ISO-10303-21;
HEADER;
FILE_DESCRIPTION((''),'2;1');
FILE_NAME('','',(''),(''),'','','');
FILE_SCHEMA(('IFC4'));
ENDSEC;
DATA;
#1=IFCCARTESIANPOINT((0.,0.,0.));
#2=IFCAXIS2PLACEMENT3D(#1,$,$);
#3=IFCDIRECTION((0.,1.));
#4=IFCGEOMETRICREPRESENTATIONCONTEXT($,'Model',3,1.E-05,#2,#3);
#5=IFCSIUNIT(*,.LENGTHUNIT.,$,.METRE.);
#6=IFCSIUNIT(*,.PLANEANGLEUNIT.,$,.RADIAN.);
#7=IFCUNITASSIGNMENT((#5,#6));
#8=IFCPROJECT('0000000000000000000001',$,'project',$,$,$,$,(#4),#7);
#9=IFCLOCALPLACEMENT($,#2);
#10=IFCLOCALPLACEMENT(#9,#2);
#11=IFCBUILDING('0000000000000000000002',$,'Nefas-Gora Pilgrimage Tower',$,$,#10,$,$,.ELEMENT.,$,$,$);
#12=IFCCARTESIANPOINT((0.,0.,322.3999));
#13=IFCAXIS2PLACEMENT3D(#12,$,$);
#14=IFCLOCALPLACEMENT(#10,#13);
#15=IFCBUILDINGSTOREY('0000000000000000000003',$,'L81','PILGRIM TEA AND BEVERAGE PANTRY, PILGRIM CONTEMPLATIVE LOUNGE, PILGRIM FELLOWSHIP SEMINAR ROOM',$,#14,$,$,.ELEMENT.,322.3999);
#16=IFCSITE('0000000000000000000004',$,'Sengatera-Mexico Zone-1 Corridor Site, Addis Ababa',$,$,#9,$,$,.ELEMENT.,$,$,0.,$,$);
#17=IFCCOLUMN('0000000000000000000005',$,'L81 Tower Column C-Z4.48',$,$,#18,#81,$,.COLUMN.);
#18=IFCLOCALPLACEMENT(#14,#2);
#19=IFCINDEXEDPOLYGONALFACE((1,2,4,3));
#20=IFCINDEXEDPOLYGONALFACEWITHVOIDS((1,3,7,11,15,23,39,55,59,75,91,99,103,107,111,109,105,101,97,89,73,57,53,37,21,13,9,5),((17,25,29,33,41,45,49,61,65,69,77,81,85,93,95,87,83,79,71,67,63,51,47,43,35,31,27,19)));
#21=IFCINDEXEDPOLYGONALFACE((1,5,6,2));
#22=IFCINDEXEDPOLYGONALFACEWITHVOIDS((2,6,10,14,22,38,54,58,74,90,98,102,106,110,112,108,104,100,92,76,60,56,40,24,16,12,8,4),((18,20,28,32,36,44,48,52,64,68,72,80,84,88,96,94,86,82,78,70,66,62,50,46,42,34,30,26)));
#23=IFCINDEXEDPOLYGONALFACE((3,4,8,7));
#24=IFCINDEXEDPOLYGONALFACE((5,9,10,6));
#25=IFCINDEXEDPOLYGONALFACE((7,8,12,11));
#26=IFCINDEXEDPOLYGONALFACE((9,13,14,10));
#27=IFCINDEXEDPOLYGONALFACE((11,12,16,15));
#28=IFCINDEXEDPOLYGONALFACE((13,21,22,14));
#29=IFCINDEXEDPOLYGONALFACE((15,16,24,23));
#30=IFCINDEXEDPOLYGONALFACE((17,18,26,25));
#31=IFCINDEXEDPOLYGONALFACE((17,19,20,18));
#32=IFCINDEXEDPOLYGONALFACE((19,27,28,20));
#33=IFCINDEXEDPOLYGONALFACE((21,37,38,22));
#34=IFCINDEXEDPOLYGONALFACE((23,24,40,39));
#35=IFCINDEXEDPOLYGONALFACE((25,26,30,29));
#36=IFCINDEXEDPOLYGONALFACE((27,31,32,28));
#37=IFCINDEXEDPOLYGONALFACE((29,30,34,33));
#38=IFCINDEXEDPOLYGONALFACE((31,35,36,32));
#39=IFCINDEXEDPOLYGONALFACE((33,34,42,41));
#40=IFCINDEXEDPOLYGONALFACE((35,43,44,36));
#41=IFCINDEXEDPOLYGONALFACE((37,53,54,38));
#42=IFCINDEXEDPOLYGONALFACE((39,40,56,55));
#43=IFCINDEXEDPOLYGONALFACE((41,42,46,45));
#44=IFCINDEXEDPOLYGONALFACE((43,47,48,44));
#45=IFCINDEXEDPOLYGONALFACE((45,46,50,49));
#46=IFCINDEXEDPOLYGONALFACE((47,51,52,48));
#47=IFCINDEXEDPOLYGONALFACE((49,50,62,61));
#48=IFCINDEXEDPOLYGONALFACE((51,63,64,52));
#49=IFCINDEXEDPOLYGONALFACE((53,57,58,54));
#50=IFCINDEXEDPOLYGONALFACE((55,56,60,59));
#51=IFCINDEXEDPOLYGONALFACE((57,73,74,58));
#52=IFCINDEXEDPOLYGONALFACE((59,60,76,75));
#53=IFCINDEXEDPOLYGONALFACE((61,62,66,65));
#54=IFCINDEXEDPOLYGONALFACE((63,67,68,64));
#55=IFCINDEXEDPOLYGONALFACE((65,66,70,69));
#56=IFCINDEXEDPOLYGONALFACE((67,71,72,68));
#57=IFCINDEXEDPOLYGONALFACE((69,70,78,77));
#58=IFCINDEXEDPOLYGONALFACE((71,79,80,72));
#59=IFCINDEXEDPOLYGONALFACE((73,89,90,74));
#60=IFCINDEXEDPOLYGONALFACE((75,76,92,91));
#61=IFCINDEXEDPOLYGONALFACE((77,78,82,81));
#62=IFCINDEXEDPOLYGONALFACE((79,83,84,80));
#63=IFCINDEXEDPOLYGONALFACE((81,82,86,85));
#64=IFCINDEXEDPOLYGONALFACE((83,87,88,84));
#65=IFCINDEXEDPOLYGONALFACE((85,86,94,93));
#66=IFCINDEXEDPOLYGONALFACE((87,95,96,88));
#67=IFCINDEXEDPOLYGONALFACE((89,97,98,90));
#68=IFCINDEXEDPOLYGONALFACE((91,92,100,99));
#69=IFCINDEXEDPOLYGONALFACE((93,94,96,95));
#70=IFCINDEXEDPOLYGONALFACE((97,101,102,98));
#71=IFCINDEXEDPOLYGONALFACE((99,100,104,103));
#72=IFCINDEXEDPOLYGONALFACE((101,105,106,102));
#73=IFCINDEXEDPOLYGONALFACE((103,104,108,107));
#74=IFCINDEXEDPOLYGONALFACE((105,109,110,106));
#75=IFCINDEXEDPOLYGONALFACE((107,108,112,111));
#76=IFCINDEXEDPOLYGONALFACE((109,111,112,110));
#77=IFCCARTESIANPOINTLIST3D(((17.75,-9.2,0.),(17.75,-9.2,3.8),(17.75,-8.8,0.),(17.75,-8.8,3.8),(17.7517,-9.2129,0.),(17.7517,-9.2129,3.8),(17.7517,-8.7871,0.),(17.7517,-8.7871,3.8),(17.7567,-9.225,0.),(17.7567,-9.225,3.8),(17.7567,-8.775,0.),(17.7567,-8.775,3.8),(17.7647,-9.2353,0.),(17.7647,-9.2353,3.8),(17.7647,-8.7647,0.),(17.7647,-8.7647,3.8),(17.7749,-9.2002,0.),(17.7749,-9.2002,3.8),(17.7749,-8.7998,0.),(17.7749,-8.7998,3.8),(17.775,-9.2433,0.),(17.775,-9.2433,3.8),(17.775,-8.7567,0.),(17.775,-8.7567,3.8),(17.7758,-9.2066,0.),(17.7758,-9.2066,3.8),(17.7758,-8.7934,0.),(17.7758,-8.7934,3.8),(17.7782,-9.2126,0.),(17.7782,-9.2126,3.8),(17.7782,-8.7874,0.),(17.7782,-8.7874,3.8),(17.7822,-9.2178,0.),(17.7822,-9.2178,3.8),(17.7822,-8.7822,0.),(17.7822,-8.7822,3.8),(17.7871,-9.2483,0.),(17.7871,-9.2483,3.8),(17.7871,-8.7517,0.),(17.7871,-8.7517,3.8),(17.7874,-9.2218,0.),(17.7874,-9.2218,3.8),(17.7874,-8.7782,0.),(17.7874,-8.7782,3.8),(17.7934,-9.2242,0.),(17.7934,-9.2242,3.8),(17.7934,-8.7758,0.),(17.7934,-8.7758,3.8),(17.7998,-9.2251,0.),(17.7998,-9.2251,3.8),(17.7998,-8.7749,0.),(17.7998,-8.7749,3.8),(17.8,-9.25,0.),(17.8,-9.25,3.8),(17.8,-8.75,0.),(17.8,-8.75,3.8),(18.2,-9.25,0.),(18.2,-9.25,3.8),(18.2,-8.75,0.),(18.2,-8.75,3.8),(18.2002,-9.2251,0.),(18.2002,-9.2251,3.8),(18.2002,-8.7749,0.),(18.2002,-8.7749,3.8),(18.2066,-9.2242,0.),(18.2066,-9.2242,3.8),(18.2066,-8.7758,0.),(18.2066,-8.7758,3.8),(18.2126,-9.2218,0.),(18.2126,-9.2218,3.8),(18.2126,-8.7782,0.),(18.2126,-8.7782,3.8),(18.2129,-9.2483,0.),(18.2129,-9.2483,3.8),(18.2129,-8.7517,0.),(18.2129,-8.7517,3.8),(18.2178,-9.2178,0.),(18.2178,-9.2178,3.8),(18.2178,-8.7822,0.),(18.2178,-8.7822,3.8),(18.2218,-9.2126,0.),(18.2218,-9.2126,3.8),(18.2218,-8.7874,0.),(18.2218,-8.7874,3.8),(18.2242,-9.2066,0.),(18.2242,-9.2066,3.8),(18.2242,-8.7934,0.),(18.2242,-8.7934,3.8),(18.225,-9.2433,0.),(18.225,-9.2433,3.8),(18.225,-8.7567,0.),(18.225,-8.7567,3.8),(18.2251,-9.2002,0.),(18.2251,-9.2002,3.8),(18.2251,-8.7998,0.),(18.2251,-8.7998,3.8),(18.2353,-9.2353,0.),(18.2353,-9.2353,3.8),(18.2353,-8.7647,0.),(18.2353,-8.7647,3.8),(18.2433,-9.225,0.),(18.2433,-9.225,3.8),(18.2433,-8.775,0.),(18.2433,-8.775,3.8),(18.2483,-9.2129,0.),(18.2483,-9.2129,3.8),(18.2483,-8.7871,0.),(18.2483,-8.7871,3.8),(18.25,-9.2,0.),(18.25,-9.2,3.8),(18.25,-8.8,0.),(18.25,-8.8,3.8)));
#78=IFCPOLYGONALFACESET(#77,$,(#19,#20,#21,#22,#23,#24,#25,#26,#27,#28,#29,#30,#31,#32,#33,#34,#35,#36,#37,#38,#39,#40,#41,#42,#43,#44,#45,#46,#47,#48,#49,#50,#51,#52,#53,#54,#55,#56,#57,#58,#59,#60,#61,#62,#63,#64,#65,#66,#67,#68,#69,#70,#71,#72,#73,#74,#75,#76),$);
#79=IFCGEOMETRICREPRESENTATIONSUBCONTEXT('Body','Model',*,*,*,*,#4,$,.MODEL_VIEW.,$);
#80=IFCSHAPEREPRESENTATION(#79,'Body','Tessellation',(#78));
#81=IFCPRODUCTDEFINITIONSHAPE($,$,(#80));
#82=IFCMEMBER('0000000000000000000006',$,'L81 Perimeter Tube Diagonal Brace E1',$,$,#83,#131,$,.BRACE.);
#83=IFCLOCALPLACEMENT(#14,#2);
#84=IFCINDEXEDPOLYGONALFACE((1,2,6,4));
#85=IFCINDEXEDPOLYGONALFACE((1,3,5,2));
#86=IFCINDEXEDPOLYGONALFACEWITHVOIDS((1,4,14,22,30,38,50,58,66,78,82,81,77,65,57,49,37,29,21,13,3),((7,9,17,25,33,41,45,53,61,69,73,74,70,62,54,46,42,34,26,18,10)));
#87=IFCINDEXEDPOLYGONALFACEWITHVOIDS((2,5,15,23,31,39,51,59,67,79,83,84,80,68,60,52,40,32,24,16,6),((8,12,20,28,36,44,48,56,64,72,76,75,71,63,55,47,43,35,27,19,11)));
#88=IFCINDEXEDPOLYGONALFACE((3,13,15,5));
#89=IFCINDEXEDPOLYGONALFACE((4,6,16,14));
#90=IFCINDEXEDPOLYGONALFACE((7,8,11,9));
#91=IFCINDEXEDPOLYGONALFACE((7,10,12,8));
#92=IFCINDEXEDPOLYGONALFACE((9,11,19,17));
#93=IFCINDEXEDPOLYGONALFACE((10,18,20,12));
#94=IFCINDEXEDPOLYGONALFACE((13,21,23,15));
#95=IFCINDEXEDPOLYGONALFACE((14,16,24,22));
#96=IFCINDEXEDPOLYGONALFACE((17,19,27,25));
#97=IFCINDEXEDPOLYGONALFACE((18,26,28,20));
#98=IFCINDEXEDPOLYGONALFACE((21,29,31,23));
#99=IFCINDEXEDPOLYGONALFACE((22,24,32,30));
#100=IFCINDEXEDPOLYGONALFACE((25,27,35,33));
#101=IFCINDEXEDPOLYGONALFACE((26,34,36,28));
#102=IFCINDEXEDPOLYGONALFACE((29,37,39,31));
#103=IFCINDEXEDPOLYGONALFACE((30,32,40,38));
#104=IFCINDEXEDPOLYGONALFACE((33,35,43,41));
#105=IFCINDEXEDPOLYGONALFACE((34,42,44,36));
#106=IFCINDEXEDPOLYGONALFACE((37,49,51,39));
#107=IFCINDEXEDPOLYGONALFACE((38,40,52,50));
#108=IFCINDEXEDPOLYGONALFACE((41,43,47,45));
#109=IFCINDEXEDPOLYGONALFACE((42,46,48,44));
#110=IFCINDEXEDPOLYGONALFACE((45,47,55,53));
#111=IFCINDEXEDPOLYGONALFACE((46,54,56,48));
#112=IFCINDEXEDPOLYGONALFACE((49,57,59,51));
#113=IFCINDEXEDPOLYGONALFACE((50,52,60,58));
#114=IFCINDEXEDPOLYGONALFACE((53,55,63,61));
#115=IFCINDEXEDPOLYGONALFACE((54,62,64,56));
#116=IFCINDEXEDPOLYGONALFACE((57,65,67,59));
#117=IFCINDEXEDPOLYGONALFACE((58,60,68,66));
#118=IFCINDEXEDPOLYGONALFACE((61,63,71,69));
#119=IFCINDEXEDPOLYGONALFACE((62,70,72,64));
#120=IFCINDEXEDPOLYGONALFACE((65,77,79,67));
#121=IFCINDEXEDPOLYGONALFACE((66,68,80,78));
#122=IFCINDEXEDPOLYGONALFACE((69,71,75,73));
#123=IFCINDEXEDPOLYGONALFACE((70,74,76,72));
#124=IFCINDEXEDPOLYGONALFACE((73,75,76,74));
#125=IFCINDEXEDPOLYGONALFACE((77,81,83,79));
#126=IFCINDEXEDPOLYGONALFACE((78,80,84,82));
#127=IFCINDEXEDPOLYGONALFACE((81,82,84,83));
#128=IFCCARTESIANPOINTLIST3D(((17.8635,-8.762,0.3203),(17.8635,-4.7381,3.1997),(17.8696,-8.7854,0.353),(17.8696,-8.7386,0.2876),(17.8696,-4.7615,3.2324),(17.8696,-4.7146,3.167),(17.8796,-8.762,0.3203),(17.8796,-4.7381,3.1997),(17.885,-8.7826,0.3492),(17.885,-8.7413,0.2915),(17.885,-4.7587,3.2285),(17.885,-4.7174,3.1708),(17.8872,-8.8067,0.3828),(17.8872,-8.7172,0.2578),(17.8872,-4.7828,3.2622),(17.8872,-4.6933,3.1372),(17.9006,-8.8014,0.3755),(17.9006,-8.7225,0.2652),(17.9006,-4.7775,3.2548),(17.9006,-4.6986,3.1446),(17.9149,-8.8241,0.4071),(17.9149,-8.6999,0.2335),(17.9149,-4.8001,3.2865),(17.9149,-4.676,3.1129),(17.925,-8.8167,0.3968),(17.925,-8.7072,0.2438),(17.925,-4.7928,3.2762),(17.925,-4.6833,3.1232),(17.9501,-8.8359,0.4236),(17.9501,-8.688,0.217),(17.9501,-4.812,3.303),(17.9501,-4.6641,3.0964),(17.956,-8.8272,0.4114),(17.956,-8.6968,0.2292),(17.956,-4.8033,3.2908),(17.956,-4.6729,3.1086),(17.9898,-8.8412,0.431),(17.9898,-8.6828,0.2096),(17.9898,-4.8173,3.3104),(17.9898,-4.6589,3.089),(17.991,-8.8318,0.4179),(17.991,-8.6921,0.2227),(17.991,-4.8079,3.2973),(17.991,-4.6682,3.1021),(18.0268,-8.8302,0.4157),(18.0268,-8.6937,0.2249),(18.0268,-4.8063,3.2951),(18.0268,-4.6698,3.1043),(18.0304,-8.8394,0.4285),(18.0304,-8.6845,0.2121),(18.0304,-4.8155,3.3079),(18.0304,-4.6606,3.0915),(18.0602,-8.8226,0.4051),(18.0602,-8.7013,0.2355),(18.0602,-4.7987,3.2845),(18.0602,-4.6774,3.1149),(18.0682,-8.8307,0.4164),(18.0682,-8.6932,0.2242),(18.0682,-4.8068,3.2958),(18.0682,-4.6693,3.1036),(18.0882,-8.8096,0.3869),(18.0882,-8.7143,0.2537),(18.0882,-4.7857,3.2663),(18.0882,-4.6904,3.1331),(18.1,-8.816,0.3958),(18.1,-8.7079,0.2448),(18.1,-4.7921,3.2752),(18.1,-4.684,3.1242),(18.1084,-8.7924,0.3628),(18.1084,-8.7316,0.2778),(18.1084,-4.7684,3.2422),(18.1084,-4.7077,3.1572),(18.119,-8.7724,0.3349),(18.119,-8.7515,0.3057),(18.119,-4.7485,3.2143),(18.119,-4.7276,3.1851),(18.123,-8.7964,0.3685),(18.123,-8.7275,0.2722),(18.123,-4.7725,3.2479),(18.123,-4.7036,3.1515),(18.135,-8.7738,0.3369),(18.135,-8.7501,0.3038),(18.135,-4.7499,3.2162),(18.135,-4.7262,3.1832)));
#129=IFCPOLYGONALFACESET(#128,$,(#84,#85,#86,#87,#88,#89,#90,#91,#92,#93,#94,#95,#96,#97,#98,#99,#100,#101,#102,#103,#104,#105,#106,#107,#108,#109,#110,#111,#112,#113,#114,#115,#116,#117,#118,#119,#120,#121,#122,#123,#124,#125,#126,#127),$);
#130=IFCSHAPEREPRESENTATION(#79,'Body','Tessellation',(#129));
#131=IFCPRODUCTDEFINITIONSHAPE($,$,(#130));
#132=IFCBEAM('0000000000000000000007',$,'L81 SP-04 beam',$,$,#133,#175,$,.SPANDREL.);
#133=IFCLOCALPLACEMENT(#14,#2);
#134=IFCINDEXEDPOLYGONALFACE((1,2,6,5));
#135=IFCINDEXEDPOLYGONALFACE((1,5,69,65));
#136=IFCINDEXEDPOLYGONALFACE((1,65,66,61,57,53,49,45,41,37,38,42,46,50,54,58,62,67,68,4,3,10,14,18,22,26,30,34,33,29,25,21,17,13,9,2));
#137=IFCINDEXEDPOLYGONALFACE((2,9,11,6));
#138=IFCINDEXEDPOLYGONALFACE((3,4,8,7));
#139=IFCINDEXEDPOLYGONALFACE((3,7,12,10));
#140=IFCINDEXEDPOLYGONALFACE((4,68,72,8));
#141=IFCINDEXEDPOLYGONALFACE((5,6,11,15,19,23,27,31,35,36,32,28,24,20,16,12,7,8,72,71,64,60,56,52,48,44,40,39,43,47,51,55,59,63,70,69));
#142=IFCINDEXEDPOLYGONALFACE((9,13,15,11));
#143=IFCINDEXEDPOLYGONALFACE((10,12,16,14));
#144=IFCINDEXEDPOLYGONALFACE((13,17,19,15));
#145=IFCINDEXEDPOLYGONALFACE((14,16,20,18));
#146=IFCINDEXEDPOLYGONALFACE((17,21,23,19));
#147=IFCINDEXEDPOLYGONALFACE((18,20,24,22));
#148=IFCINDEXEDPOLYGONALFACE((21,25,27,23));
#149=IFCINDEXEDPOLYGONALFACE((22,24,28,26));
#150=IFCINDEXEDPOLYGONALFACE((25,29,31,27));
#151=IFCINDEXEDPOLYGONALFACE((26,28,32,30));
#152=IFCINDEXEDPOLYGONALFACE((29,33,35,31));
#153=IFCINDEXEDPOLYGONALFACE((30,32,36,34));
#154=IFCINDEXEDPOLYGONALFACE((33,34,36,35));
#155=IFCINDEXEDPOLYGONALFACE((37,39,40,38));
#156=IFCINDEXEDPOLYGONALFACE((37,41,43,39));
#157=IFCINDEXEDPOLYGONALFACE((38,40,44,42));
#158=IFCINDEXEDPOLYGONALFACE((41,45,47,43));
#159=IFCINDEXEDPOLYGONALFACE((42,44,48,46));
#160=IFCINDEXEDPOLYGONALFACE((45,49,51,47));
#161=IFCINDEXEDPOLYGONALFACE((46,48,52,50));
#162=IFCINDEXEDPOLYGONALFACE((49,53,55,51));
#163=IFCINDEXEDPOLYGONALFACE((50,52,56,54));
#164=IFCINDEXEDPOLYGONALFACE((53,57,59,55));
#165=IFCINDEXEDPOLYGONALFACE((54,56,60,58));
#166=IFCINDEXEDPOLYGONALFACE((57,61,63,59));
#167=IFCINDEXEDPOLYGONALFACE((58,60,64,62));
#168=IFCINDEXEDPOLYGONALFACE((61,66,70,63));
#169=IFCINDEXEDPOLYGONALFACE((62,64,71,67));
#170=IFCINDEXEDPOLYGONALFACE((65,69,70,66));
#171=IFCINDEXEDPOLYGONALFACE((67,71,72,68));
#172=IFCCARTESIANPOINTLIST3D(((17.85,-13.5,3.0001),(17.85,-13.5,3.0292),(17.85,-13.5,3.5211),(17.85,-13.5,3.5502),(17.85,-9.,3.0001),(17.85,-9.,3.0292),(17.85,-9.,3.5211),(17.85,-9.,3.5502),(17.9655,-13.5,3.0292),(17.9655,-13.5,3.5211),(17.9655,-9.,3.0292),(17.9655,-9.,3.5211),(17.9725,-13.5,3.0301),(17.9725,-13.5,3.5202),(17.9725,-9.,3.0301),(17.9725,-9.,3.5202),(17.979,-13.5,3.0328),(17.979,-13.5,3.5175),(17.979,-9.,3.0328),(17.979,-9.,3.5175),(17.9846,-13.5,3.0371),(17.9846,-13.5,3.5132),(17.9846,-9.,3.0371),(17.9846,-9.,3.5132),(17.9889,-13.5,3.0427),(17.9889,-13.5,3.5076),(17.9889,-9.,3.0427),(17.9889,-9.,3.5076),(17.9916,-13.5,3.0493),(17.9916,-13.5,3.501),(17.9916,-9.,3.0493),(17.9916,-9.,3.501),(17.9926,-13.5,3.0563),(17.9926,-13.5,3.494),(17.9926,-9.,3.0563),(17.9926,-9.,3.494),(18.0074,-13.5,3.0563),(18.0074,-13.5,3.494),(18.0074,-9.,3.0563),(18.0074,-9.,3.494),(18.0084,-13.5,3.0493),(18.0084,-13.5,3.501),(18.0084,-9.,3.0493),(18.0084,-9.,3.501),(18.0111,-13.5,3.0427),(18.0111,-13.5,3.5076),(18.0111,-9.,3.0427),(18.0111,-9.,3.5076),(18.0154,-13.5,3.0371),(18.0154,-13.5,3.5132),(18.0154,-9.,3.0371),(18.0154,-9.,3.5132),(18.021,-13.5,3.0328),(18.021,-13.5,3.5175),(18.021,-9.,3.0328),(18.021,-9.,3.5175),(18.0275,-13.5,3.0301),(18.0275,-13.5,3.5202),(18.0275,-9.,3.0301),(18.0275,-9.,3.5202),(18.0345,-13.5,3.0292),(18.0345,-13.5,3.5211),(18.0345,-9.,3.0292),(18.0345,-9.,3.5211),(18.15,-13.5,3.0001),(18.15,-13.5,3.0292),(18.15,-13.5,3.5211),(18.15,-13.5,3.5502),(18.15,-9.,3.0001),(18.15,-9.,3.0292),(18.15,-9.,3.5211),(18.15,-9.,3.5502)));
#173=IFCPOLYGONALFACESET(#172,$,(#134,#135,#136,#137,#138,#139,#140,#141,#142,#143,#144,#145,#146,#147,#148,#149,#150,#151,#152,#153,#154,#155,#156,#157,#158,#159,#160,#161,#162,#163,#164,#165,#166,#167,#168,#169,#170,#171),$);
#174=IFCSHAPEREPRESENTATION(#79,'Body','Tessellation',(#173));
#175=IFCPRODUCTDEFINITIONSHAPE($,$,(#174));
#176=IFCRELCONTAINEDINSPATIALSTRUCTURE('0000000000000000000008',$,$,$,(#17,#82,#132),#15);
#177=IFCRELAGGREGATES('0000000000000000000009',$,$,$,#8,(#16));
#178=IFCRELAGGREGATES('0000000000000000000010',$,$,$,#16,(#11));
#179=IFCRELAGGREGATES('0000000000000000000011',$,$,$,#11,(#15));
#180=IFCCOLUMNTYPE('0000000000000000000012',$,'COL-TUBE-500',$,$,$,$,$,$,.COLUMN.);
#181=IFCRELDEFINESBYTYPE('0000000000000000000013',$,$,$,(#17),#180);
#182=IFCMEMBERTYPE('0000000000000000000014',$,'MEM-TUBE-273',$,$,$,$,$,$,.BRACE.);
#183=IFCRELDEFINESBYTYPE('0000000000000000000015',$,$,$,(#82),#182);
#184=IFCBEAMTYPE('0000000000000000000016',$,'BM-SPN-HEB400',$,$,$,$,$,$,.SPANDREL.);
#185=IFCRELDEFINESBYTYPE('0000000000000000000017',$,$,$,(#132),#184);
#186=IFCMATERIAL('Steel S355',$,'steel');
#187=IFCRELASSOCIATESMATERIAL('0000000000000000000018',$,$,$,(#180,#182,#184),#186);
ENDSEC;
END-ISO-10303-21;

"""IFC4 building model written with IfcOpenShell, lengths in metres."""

from ifc_helpers import new_model, si_unit, direction, frame, origin, origin_2d, place, context, subcontext, project, spatial, hollow_rectangle, hollow_circle, i_section, extrude, source, transform, mapped, material, material_profile, profile_set, type_object, element, save


model = new_model("IFC4")

# Units and contexts
model_context = context("Model", 3, precision=1e-05, world=origin(), true_north=direction((0.0, 1.0)))
body_context = subcontext(model_context, "Body", "Model", "MODEL_VIEW")
ifc_project = project(units=[si_unit("LENGTHUNIT", "METRE"), si_unit("PLANEANGLEUNIT", "RADIAN")], contexts=[model_context])

# Site, building, storey
site_placement = place(None, origin())
site = spatial("IfcSite", under=ifc_project, at=site_placement, Name="Sengatera-Mexico Zone-1 Corridor Site, Addis Ababa", CompositionType="ELEMENT", RefElevation=0.0)
building_placement = place(site_placement, origin())
building = spatial("IfcBuilding", under=site, at=building_placement, Name="Nefas-Gora Pilgrimage Tower", CompositionType="ELEMENT")
storey_placement = place(building_placement, frame((0.0, 0.0, 322.3999)))
storey = spatial("IfcBuildingStorey", under=building, at=storey_placement, Name="L81", Description="PILGRIM TEA AND BEVERAGE PANTRY, PILGRIM CONTEMPLATIVE LOUNGE, PILGRIM FELLOWSHIP SEMINAR ROOM", CompositionType="ELEMENT", Elevation=322.3999)

# Column
ifc_material_1 = material(Name="Steel S355", Category="steel")
ifc_material_profile_1 = material_profile(ifc_material_1, hollow_rectangle(XDim=0.5, YDim=0.5, WallThickness=0.0249, InnerFilletRadius=0.0249, OuterFilletRadius=0.05, at=origin_2d()), Name="SHS 500x500x25")
ifc_profile_set_1 = profile_set([ifc_material_profile_1], Name="Steel S355")
column_type_1 = type_object("IfcColumnType", Name="COL-TUBE-500", PredefinedType="COLUMN", material=ifc_profile_set_1)
shared_shape_1 = source(origin(), body_context, "Body", "SweptSolid", [
    extrude(hollow_rectangle(XDim=0.5, YDim=0.5, WallThickness=0.0249, InnerFilletRadius=0.0249, OuterFilletRadius=0.05, at=origin_2d()), origin(), (0.0, 0.0, 1.0), 3.8),
])
for number, where, z_axis, x_axis, name in (
    (1, (18.0, -9.0, 0.0), (0.0, 0.0, 1.0), (1.0, 0.0, 0.0), "L81 Tower Column C-Z4.48"),
):
    element("IfcColumn", number, at=place(storey_placement, frame(where, z_axis=z_axis, x_axis=x_axis)), inside=storey, type_object=column_type_1, Name=name, PredefinedType="COLUMN", context=body_context, shape_type="MappedRepresentation", body=[
        mapped(shared_shape_1, transform((0.0, 0.0, 0.0), x_axis=(1.0, 0.0, 0.0), y_axis=(0.0, 1.0, 0.0), z_axis=(0.0, 0.0, 1.0), scale=1.0)),
    ])

# Member
ifc_material_profile_2 = material_profile(ifc_material_1, hollow_circle(Radius=0.1365, WallThickness=0.0161, at=origin_2d()), Name="CHS 273x16")
ifc_profile_set_2 = profile_set([ifc_material_profile_2], Name="Steel S355")
member_type_1 = type_object("IfcMemberType", Name="MEM-TUBE-273", PredefinedType="BRACE", material=ifc_profile_set_2)
shared_shape_2 = source(origin(), body_context, "Body", "SweptSolid", [
    extrude(hollow_circle(Radius=0.1365, WallThickness=0.0161, at=origin_2d()), origin(), (0.0, 0.0, 1.0), 4.948),
])
member_1_placement = place(storey_placement, frame((18.0, -8.762, 0.3203), z_axis=(0.0, 0.81324, 0.581929), x_axis=(-1.0, 0.0, 0.0)))
element("IfcMember", 2, at=member_1_placement, inside=storey, type_object=member_type_1, Name="L81 Perimeter Tube Diagonal Brace E1", PredefinedType="BRACE", context=body_context, shape_type="MappedRepresentation", body=[
    mapped(shared_shape_2, transform((0.0, 0.0, 0.0), x_axis=(1.0, 0.0, 0.0), y_axis=(0.0, 1.0, 0.0), z_axis=(0.0, 0.0, 1.0), scale=1.0)),
])

# Beam
ifc_material_profile_3 = material_profile(ifc_material_1, i_section(OverallWidth=0.3, OverallDepth=0.55, WebThickness=0.0149, FlangeThickness=0.0291, FilletRadius=0.0271, at=origin_2d()), Name="HEB 550")
ifc_profile_set_3 = profile_set([ifc_material_profile_3], Name="Steel S355")
beam_type_1 = type_object("IfcBeamType", Name="BM-SPN-HEB400", PredefinedType="SPANDREL", material=ifc_profile_set_3)
shared_shape_3 = source(origin(), body_context, "Body", "SweptSolid", [
    extrude(i_section(OverallWidth=0.3, OverallDepth=0.55, WebThickness=0.0149, FlangeThickness=0.0291, FilletRadius=0.0271, at=origin_2d()), origin(), (0.0, 0.0, 1.0), 4.5),
])
for number, where, z_axis, x_axis, name in (
    (3, (18.0, -13.5, 3.2751), (0.0, 1.0, 0.0), (-1.0, 0.0, 0.0), "L81 SP-04 beam"),
):
    element("IfcBeam", number, at=place(storey_placement, frame(where, z_axis=z_axis, x_axis=x_axis)), inside=storey, type_object=beam_type_1, Name=name, PredefinedType="SPANDREL", context=body_context, shape_type="MappedRepresentation", body=[
        mapped(shared_shape_3, transform((0.0, 0.0, 0.0), x_axis=(1.0, 0.0, 0.0), y_axis=(0.0, 1.0, 0.0), z_axis=(0.0, 0.0, 1.0), scale=1.0)),
    ])

save(model, "model.ifc")
